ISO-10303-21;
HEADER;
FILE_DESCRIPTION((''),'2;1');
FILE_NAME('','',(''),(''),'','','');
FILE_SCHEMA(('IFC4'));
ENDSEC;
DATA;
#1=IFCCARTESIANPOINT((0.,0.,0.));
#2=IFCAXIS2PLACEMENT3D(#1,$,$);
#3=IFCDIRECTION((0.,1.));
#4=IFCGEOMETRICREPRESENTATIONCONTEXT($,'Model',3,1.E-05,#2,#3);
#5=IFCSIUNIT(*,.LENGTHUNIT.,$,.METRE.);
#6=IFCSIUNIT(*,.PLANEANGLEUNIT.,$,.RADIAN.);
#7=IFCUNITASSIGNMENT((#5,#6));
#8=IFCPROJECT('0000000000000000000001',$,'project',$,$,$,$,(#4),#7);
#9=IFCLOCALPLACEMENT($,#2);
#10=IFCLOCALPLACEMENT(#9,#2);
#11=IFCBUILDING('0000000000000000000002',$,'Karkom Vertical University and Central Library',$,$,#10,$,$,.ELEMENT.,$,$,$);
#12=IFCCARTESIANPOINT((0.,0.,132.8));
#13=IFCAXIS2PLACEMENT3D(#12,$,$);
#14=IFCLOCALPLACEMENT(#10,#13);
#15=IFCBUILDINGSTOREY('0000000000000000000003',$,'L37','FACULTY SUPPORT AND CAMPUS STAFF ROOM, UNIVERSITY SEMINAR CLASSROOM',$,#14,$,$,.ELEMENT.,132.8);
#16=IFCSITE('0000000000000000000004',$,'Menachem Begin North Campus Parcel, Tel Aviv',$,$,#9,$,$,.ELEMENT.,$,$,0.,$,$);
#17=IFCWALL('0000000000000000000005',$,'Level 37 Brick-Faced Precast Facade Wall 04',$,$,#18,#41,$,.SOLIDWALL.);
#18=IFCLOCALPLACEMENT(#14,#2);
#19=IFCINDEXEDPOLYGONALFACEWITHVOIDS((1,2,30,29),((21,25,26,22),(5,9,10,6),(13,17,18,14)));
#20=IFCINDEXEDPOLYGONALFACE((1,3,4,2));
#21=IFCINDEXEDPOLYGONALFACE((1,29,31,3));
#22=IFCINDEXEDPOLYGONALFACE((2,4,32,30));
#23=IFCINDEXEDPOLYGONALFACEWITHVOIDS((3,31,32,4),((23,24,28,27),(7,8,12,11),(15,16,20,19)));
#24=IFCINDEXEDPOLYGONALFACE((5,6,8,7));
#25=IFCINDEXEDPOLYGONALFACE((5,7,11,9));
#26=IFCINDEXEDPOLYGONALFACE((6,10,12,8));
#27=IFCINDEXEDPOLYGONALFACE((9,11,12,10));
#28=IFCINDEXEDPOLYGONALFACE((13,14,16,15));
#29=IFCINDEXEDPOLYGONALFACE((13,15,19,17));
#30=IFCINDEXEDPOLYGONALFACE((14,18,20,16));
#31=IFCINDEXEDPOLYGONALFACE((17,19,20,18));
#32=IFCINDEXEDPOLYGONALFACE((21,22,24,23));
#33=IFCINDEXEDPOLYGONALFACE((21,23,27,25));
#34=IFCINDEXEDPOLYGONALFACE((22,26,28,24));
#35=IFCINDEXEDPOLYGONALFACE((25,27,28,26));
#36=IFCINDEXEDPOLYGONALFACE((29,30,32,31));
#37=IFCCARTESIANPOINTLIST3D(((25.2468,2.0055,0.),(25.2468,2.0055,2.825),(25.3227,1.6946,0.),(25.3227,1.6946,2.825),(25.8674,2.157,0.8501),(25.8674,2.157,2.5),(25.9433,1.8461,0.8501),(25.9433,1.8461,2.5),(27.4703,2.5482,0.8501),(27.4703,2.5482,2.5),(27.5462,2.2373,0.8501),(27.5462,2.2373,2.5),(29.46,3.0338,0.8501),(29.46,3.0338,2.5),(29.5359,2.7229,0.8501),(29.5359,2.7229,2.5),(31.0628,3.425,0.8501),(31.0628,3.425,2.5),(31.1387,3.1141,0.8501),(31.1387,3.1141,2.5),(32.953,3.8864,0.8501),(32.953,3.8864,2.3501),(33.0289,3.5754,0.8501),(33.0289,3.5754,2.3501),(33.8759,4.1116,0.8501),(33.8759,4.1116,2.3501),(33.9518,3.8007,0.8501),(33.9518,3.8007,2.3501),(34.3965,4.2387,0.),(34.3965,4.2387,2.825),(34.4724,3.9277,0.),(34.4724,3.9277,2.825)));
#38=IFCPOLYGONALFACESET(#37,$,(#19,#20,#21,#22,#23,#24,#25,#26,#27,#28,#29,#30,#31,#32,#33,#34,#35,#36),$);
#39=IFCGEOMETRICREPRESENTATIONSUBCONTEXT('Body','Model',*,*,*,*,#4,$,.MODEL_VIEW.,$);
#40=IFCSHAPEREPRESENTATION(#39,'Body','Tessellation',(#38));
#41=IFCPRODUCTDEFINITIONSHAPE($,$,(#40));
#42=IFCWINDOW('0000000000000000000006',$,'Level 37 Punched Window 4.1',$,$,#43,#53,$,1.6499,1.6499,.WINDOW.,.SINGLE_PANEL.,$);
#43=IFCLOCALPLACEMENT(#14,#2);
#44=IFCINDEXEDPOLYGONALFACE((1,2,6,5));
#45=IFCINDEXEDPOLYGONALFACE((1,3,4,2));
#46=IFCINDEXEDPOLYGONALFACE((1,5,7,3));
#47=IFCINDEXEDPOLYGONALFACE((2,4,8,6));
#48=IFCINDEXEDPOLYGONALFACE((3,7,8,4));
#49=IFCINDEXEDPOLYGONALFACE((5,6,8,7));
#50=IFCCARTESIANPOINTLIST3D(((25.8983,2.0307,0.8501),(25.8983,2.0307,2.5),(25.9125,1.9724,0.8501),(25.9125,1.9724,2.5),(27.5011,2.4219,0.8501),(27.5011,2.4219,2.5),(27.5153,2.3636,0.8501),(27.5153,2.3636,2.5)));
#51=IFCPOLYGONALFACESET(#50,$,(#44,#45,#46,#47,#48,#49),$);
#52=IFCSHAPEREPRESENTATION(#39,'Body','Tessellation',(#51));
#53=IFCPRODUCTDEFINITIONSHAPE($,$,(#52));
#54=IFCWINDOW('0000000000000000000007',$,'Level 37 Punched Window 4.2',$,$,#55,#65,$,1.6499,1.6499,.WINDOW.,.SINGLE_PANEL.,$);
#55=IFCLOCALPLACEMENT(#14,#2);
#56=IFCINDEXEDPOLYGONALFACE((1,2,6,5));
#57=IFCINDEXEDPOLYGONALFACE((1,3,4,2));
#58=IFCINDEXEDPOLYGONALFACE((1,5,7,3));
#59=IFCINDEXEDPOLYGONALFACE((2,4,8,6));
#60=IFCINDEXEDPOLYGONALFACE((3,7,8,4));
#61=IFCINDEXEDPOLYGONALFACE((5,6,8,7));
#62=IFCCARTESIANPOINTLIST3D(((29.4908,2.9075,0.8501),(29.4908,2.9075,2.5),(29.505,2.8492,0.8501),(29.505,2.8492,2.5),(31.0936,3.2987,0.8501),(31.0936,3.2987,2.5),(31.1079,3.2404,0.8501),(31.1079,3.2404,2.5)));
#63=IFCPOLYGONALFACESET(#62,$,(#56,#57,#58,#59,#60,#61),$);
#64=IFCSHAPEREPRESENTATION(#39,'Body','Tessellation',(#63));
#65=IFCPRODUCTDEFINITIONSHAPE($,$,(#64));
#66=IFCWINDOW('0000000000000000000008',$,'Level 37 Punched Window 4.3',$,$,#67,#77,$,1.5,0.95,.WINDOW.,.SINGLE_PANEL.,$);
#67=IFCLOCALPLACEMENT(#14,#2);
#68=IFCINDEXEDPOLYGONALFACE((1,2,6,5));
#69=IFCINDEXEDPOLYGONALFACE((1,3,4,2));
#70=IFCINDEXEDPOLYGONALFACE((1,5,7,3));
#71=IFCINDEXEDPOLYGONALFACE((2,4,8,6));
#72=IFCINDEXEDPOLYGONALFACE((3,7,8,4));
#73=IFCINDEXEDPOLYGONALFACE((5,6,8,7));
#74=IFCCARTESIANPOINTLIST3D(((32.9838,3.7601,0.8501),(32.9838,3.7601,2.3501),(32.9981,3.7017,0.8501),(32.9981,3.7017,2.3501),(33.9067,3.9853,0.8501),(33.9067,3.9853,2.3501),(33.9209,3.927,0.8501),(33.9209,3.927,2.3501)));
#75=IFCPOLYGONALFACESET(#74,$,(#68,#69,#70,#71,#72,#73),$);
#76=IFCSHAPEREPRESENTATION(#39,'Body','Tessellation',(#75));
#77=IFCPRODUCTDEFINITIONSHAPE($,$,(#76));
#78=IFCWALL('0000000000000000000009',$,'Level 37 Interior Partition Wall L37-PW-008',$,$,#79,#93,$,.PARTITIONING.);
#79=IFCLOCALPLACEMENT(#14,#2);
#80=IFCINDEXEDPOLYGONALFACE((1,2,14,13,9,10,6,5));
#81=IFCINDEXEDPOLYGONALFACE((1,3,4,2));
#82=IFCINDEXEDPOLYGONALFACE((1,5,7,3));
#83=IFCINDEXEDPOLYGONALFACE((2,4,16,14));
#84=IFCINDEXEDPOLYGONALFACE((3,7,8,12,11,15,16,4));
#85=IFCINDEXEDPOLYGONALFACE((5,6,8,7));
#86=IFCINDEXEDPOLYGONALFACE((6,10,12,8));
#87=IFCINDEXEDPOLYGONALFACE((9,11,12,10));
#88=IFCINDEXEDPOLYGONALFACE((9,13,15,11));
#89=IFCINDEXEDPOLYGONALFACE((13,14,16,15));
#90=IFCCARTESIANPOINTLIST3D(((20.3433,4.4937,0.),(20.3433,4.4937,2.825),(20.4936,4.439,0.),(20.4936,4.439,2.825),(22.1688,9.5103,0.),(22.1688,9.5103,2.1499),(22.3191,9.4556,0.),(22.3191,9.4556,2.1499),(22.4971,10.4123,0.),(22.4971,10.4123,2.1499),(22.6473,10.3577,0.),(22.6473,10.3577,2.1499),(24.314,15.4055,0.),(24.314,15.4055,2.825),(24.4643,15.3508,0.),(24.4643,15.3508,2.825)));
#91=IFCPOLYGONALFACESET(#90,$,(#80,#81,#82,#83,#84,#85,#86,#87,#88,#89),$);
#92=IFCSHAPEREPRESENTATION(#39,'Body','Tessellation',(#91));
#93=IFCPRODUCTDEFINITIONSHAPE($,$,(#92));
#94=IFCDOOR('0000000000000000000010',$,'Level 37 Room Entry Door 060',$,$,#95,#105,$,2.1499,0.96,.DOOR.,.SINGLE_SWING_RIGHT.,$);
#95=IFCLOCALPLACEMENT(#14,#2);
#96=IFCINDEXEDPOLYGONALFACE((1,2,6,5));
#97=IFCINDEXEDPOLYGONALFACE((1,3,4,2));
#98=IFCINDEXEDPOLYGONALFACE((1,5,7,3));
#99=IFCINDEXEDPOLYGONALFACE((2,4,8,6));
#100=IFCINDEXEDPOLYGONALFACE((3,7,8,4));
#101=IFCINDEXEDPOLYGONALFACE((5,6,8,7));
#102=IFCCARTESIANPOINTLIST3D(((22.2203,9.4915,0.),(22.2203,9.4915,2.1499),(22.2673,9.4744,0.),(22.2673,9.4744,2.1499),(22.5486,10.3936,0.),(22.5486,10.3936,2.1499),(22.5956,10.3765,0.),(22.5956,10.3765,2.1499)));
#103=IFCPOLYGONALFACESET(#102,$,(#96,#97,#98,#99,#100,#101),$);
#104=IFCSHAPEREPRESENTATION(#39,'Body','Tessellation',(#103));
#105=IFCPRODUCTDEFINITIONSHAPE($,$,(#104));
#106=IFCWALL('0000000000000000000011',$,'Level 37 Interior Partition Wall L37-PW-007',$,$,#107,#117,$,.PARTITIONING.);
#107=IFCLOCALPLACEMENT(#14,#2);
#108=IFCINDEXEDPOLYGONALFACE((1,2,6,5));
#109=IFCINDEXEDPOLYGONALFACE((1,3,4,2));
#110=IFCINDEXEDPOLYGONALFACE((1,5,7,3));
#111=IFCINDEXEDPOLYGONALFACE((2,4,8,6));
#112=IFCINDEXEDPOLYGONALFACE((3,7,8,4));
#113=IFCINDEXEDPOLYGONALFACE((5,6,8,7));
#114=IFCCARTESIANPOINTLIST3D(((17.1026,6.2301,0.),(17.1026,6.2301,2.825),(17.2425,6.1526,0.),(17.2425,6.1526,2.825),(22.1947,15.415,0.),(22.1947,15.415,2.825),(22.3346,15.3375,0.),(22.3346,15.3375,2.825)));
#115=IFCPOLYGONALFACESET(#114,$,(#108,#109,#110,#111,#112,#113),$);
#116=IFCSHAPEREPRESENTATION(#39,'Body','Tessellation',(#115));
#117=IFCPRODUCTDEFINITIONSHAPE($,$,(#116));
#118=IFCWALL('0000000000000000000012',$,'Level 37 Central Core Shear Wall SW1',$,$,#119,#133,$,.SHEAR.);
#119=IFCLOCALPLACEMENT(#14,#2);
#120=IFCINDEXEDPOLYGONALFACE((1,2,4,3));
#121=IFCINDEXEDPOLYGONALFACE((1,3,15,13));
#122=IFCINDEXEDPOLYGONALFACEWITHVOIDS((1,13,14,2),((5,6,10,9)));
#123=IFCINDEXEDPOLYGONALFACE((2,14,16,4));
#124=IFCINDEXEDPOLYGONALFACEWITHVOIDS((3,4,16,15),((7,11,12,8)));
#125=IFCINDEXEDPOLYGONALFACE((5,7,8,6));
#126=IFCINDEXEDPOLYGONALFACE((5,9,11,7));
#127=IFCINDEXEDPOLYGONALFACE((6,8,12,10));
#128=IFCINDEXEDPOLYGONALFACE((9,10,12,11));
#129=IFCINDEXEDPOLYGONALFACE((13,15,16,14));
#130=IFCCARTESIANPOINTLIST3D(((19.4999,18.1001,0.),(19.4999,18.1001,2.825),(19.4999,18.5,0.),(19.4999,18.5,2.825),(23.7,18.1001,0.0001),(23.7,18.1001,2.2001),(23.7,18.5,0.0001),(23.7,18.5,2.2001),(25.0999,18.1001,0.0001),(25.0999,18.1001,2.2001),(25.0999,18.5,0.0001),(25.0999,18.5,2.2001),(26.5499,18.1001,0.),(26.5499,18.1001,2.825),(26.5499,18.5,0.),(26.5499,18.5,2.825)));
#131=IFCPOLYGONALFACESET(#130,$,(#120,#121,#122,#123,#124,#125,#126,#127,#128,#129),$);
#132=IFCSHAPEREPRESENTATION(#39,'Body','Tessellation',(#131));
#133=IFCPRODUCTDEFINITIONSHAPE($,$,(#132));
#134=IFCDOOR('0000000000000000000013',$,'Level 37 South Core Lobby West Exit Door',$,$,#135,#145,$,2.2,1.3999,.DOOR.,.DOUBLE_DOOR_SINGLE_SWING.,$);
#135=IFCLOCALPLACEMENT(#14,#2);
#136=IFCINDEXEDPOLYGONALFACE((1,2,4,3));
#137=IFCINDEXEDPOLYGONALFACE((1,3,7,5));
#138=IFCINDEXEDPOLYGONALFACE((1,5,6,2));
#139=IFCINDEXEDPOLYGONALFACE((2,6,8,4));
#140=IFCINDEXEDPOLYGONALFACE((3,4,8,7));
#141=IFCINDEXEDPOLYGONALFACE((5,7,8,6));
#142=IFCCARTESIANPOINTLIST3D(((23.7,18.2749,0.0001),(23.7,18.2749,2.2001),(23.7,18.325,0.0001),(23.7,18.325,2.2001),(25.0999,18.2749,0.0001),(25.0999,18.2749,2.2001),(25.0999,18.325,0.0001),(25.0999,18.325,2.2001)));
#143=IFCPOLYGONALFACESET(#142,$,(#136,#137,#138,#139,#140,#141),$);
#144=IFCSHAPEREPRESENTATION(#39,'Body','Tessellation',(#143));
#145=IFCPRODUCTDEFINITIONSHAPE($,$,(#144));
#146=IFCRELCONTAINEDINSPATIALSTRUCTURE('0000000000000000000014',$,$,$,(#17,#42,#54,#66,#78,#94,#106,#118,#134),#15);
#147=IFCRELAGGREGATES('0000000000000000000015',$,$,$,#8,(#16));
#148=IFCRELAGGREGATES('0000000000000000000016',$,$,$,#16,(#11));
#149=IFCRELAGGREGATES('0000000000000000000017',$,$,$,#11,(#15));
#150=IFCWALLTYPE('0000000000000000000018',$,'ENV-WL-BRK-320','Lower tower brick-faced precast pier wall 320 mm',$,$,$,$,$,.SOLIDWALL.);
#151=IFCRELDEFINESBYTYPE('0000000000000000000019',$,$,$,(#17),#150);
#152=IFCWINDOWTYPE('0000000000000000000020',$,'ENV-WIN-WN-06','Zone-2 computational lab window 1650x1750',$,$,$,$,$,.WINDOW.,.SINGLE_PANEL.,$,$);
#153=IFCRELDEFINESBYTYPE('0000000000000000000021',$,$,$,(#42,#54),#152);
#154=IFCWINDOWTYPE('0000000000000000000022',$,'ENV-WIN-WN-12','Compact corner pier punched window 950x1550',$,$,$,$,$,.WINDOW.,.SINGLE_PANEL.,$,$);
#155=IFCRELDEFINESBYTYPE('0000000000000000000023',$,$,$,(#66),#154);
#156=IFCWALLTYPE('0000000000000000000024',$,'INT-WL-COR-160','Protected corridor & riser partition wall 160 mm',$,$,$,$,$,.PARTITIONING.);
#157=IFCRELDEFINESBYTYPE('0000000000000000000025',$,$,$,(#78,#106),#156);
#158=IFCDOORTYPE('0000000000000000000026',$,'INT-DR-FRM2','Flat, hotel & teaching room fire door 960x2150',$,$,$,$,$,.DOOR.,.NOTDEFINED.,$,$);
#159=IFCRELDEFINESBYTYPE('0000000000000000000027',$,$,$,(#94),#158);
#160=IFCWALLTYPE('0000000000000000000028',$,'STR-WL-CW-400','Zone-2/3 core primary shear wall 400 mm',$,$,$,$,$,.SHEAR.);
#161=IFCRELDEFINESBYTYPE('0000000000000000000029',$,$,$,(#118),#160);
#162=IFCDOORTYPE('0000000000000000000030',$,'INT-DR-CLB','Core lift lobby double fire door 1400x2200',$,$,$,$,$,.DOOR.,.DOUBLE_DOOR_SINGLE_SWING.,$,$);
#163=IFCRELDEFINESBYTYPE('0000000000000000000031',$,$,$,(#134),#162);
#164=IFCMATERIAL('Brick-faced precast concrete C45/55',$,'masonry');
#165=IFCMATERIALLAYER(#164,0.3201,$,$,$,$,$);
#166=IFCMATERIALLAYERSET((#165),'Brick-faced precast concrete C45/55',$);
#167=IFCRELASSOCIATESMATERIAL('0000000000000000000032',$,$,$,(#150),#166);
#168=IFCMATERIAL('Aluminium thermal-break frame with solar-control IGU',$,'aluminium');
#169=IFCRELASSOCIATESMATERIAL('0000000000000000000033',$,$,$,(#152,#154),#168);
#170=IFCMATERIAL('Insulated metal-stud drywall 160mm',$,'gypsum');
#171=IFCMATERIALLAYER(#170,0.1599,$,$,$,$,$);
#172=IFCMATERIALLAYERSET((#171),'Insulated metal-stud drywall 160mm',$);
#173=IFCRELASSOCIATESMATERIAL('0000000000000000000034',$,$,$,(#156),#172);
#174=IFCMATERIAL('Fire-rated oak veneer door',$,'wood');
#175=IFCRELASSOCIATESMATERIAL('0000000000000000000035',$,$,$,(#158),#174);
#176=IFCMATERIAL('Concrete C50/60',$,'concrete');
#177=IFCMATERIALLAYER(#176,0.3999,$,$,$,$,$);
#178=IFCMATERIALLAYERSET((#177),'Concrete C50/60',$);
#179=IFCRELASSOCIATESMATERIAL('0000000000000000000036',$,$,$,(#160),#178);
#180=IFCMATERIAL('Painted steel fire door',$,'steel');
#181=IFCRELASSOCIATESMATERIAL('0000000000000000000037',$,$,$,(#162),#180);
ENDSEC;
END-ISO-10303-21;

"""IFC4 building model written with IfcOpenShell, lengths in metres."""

from ifc_helpers import new_model, si_unit, direction, frame, frame_2d, origin, origin_with_axes, place, context, subcontext, project, spatial, rectangle, extrude, source, transform, mapped, material, layer, layer_set, type_object, element, fill, save


model = new_model("IFC4")

# Units and contexts
model_context = context("Model", 3, precision=1e-05, world=origin(), true_north=direction((0.0, 1.0)))
body_context = subcontext(model_context, "Body", "Model", "MODEL_VIEW")
ifc_project = project(units=[si_unit("LENGTHUNIT", "METRE"), si_unit("PLANEANGLEUNIT", "RADIAN")], contexts=[model_context])

# Site, building, storey
site_placement = place(None, origin())
site = spatial("IfcSite", under=ifc_project, at=site_placement, Name="Menachem Begin North Campus Parcel, Tel Aviv", CompositionType="ELEMENT", RefElevation=0.0)
building_placement = place(site_placement, origin())
building = spatial("IfcBuilding", under=site, at=building_placement, Name="Karkom Vertical University and Central Library", CompositionType="ELEMENT")
storey_placement = place(building_placement, frame((0.0, 0.0, 132.8)))
storey = spatial("IfcBuildingStorey", under=building, at=storey_placement, Name="L37", Description="FACULTY SUPPORT AND CAMPUS STAFF ROOM, UNIVERSITY SEMINAR CLASSROOM", CompositionType="ELEMENT", Elevation=132.8)

# Shared definitions
ifc_material_1 = material(Name="Concrete C50/60", Category="concrete")

# Wall, openings, windows
ifc_material_2 = material(Name="Brick-faced precast concrete C45/55", Category="masonry")
ifc_layer_1 = layer(ifc_material_2, 0.3201)
ifc_layer_set_1 = layer_set([ifc_layer_1], Name="Brick-faced precast concrete C45/55")
wall_type_1 = type_object("IfcWallType", Name="ENV-WL-BRK-320", Description="Lower tower brick-faced precast pier wall 320 mm", PredefinedType="SOLIDWALL", material=ifc_layer_set_1)
wall_1_placement = place(storey_placement, frame((25.2849, 1.8501, 0.0), z_axis=(0.0, 0.0, 1.0), x_axis=(0.971483, 0.23711, 0.0)))
wall_1 = element("IfcWall", 1, at=wall_1_placement, inside=storey, type_object=wall_type_1, Name="Level 37 Brick-Faced Precast Facade Wall 04", PredefinedType="SOLIDWALL", context=body_context, shape_type="SweptSolid", body=[
    extrude(rectangle(XDim=9.4182, YDim=0.3201, at=frame_2d((4.709, 0.0))), origin(), (0.0, 0.0, 1.0), 2.825),
])
opening_1_placement = place(wall_1_placement, frame((0.6387, 0.0, 0.8501)))
opening_1 = element("IfcOpeningElement", 2, at=opening_1_placement, cuts=wall_1, PredefinedType="OPENING", context=body_context, shape_type="SweptSolid", body=[
    extrude(rectangle(XDim=1.6499, YDim=1.6499, at=frame_2d((0.825, 0.825))), frame((0.0, 0.1699, 0.0), z_axis=(0.0, -1.0, 0.0), x_axis=(1.0, 0.0, 0.0)), (0.0, 0.0, 1.0), 0.3401),
])
opening_2_placement = place(wall_1_placement, frame((4.3367, 0.0, 0.8501)))
opening_2 = element("IfcOpeningElement", 3, at=opening_2_placement, cuts=wall_1, PredefinedType="OPENING", context=body_context, shape_type="SweptSolid", body=[
    extrude(rectangle(XDim=1.6499, YDim=1.6499, at=frame_2d((0.825, 0.825))), frame((0.0, 0.1699, 0.0), z_axis=(0.0, -1.0, 0.0), x_axis=(1.0, 0.0, 0.0)), (0.0, 0.0, 1.0), 0.3401),
])
opening_3_placement = place(wall_1_placement, frame((7.9321, 0.0, 0.8501)))
opening_3 = element("IfcOpeningElement", 4, at=opening_3_placement, cuts=wall_1, PredefinedType="OPENING", context=body_context, shape_type="SweptSolid", body=[
    extrude(rectangle(XDim=0.95, YDim=1.5, at=frame_2d((0.4751, 0.75))), frame((0.0, 0.1699, 0.0), z_axis=(0.0, -1.0, 0.0), x_axis=(1.0, 0.0, 0.0)), (0.0, 0.0, 1.0), 0.3401),
])
ifc_material_3 = material(Name="Aluminium thermal-break frame with solar-control IGU", Category="aluminium")
window_type_1 = type_object("IfcWindowType", Name="ENV-WIN-WN-06", Description="Zone-2 computational lab window 1650x1750", PartitioningType="SINGLE_PANEL", PredefinedType="WINDOW", material=ifc_material_3)
shared_shape_1 = source(origin_with_axes(), body_context, "Body", "SweptSolid", [
    extrude(rectangle(XDim=1.6499, YDim=1.6499, at=frame_2d((0.825, 0.825))), frame((0.0, 0.03, 0.0), z_axis=(0.0, -1.0, 0.0), x_axis=(1.0, 0.0, 0.0)), (0.0, 0.0, 1.0), 0.0601),
])
window_1_placement = place(opening_1_placement, origin())
window_1 = element("IfcWindow", 5, at=window_1_placement, inside=storey, type_object=window_type_1, Name="Level 37 Punched Window 4.1", OverallHeight=1.6499, OverallWidth=1.6499, PartitioningType="SINGLE_PANEL", PredefinedType="WINDOW", context=body_context, shape_type="MappedRepresentation", body=[
    mapped(shared_shape_1, transform((0.0, 0.0, 0.0), scale=1.0)),
])
fill(opening_1, window_1)
window_2_placement = place(opening_2_placement, origin())
window_2 = element("IfcWindow", 6, at=window_2_placement, inside=storey, type_object=window_type_1, Name="Level 37 Punched Window 4.2", OverallHeight=1.6499, OverallWidth=1.6499, PartitioningType="SINGLE_PANEL", PredefinedType="WINDOW", context=body_context, shape_type="MappedRepresentation", body=[
    mapped(shared_shape_1, transform((0.0, 0.0, 0.0), scale=1.0)),
])
fill(opening_2, window_2)
window_type_2 = type_object("IfcWindowType", Name="ENV-WIN-WN-12", Description="Compact corner pier punched window 950x1550", PartitioningType="SINGLE_PANEL", PredefinedType="WINDOW", material=ifc_material_3)
shared_shape_2 = source(origin_with_axes(), body_context, "Body", "SweptSolid", [
    extrude(rectangle(XDim=0.95, YDim=1.5, at=frame_2d((0.4751, 0.75))), frame((0.0, 0.03, 0.0), z_axis=(0.0, -1.0, 0.0), x_axis=(1.0, 0.0, 0.0)), (0.0, 0.0, 1.0), 0.0601),
])
window_3_placement = place(opening_3_placement, origin())
window_3 = element("IfcWindow", 7, at=window_3_placement, inside=storey, type_object=window_type_2, Name="Level 37 Punched Window 4.3", OverallHeight=1.5, OverallWidth=0.95, PartitioningType="SINGLE_PANEL", PredefinedType="WINDOW", context=body_context, shape_type="MappedRepresentation", body=[
    mapped(shared_shape_2, transform((0.0, 0.0, 0.0), scale=1.0)),
])
fill(opening_3, window_3)

# Wall, opening, door
ifc_material_4 = material(Name="Insulated metal-stud drywall 160mm", Category="gypsum")
ifc_layer_2 = layer(ifc_material_4, 0.1599)
ifc_layer_set_2 = layer_set([ifc_layer_2], Name="Insulated metal-stud drywall 160mm")
wall_type_2 = type_object("IfcWallType", Name="INT-WL-COR-160", Description="Protected corridor & riser partition wall 160 mm", PredefinedType="PARTITIONING", material=ifc_layer_set_2)
wall_2_placement = place(storey_placement, frame((24.3892, 15.3782, 0.0), z_axis=(0.0, 0.0, 1.0), x_axis=(-0.341952, -0.939717, 0.0)))
wall_2 = element("IfcWall", 8, at=wall_2_placement, inside=storey, type_object=wall_type_2, Name="Level 37 Interior Partition Wall L37-PW-008", PredefinedType="PARTITIONING", context=body_context, shape_type="SweptSolid", body=[
    extrude(rectangle(XDim=11.6118, YDim=0.1599, at=frame_2d((5.8059, 0.0))), origin(), (0.0, 0.0, 1.0), 2.825),
])
opening_4_placement = place(wall_2_placement, frame((5.3135, 0.0, 0.0)))
opening_4 = element("IfcOpeningElement", 9, at=opening_4_placement, cuts=wall_2, PredefinedType="OPENING", context=body_context, shape_type="SweptSolid", body=[
    extrude(rectangle(XDim=0.96, YDim=2.1499, at=frame_2d((0.48, 1.075))), frame((0.0, 0.0898, 0.0), z_axis=(0.0, -1.0, 0.0), x_axis=(1.0, 0.0, 0.0)), (0.0, 0.0, 1.0), 0.1799),
])
ifc_material_5 = material(Name="Fire-rated oak veneer door", Category="wood")
door_type_1 = type_object("IfcDoorType", Name="INT-DR-FRM2", Description="Flat, hotel & teaching room fire door 960x2150", OperationType="NOTDEFINED", PredefinedType="DOOR", material=ifc_material_5)
shared_shape_3 = source(origin_with_axes(), body_context, "Body", "SweptSolid", [
    extrude(rectangle(XDim=0.96, YDim=2.1499, at=frame_2d((0.48, 1.075))), frame((0.0, 0.0249, 0.0), z_axis=(0.0, -1.0, 0.0), x_axis=(1.0, 0.0, 0.0)), (0.0, 0.0, 1.0), 0.05),
])
door_1_placement = place(opening_4_placement, origin())
door_1 = element("IfcDoor", 10, at=door_1_placement, inside=storey, type_object=door_type_1, Name="Level 37 Room Entry Door 060", OperationType="SINGLE_SWING_RIGHT", OverallHeight=2.1499, OverallWidth=0.96, PredefinedType="DOOR", context=body_context, shape_type="MappedRepresentation", body=[
    mapped(shared_shape_3, transform((0.0, 0.0, 0.0), scale=1.0)),
])
fill(opening_4, door_1)

# Wall
wall_3_placement = place(storey_placement, frame((22.2646, 15.3762, 0.0), z_axis=(0.0, 0.0, 1.0), x_axis=(-0.484869, -0.874587, 0.0)))
element("IfcWall", 11, at=wall_3_placement, inside=storey, type_object=wall_type_2, Name="Level 37 Interior Partition Wall L37-PW-007", PredefinedType="PARTITIONING", context=body_context, shape_type="SweptSolid", body=[
    extrude(rectangle(XDim=10.502, YDim=0.1599, at=frame_2d((5.251, 0.0))), origin(), (0.0, 0.0, 1.0), 2.825),
])

# Wall, opening, door
ifc_layer_3 = layer(ifc_material_1, 0.3999)
ifc_layer_set_3 = layer_set([ifc_layer_3], Name="Concrete C50/60")
wall_type_3 = type_object("IfcWallType", Name="STR-WL-CW-400", Description="Zone-2/3 core primary shear wall 400 mm", PredefinedType="SHEAR", material=ifc_layer_set_3)
wall_4_placement = place(storey_placement, frame((19.5, 18.3, 0.0), z_axis=(0.0, 0.0, 1.0), x_axis=(1.0, 0.0, 0.0)))
wall_4 = element("IfcWall", 12, at=wall_4_placement, inside=storey, type_object=wall_type_3, Name="Level 37 Central Core Shear Wall SW1", PredefinedType="SHEAR", context=body_context, shape_type="SweptSolid", body=[
    extrude(rectangle(XDim=7.05, YDim=0.3999, at=frame_2d((3.5249, 0.0))), origin(), (0.0, 0.0, 1.0), 2.825),
])
opening_5_placement = place(wall_4_placement, frame((4.2, 0.0, 0.0)))
opening_5 = element("IfcOpeningElement", 13, at=opening_5_placement, cuts=wall_4, PredefinedType="OPENING", context=body_context, shape_type="SweptSolid", body=[
    extrude(rectangle(XDim=1.3999, YDim=2.2, at=frame_2d((0.7, 1.1001))), frame((0.0, 0.21, 0.0), z_axis=(0.0, -1.0, 0.0), x_axis=(1.0, 0.0, 0.0)), (0.0, 0.0, 1.0), 0.4199),
])
ifc_material_6 = material(Name="Painted steel fire door", Category="steel")
door_type_2 = type_object("IfcDoorType", Name="INT-DR-CLB", Description="Core lift lobby double fire door 1400x2200", OperationType="DOUBLE_DOOR_SINGLE_SWING", PredefinedType="DOOR", material=ifc_material_6)
shared_shape_4 = source(origin_with_axes(), body_context, "Body", "SweptSolid", [
    extrude(rectangle(XDim=1.3999, YDim=2.2, at=frame_2d((0.7, 1.1001))), frame((0.0, 0.0249, 0.0), z_axis=(0.0, -1.0, 0.0), x_axis=(1.0, 0.0, 0.0)), (0.0, 0.0, 1.0), 0.05),
])
door_2_placement = place(opening_5_placement, origin())
door_2 = element("IfcDoor", 14, at=door_2_placement, inside=storey, type_object=door_type_2, Name="Level 37 South Core Lobby West Exit Door", OperationType="DOUBLE_DOOR_SINGLE_SWING", OverallHeight=2.2, OverallWidth=1.3999, PredefinedType="DOOR", context=body_context, shape_type="MappedRepresentation", body=[
    mapped(shared_shape_4, transform((0.0, 0.0, 0.0), scale=1.0)),
])
fill(opening_5, door_2)

save(model, "model.ifc")
